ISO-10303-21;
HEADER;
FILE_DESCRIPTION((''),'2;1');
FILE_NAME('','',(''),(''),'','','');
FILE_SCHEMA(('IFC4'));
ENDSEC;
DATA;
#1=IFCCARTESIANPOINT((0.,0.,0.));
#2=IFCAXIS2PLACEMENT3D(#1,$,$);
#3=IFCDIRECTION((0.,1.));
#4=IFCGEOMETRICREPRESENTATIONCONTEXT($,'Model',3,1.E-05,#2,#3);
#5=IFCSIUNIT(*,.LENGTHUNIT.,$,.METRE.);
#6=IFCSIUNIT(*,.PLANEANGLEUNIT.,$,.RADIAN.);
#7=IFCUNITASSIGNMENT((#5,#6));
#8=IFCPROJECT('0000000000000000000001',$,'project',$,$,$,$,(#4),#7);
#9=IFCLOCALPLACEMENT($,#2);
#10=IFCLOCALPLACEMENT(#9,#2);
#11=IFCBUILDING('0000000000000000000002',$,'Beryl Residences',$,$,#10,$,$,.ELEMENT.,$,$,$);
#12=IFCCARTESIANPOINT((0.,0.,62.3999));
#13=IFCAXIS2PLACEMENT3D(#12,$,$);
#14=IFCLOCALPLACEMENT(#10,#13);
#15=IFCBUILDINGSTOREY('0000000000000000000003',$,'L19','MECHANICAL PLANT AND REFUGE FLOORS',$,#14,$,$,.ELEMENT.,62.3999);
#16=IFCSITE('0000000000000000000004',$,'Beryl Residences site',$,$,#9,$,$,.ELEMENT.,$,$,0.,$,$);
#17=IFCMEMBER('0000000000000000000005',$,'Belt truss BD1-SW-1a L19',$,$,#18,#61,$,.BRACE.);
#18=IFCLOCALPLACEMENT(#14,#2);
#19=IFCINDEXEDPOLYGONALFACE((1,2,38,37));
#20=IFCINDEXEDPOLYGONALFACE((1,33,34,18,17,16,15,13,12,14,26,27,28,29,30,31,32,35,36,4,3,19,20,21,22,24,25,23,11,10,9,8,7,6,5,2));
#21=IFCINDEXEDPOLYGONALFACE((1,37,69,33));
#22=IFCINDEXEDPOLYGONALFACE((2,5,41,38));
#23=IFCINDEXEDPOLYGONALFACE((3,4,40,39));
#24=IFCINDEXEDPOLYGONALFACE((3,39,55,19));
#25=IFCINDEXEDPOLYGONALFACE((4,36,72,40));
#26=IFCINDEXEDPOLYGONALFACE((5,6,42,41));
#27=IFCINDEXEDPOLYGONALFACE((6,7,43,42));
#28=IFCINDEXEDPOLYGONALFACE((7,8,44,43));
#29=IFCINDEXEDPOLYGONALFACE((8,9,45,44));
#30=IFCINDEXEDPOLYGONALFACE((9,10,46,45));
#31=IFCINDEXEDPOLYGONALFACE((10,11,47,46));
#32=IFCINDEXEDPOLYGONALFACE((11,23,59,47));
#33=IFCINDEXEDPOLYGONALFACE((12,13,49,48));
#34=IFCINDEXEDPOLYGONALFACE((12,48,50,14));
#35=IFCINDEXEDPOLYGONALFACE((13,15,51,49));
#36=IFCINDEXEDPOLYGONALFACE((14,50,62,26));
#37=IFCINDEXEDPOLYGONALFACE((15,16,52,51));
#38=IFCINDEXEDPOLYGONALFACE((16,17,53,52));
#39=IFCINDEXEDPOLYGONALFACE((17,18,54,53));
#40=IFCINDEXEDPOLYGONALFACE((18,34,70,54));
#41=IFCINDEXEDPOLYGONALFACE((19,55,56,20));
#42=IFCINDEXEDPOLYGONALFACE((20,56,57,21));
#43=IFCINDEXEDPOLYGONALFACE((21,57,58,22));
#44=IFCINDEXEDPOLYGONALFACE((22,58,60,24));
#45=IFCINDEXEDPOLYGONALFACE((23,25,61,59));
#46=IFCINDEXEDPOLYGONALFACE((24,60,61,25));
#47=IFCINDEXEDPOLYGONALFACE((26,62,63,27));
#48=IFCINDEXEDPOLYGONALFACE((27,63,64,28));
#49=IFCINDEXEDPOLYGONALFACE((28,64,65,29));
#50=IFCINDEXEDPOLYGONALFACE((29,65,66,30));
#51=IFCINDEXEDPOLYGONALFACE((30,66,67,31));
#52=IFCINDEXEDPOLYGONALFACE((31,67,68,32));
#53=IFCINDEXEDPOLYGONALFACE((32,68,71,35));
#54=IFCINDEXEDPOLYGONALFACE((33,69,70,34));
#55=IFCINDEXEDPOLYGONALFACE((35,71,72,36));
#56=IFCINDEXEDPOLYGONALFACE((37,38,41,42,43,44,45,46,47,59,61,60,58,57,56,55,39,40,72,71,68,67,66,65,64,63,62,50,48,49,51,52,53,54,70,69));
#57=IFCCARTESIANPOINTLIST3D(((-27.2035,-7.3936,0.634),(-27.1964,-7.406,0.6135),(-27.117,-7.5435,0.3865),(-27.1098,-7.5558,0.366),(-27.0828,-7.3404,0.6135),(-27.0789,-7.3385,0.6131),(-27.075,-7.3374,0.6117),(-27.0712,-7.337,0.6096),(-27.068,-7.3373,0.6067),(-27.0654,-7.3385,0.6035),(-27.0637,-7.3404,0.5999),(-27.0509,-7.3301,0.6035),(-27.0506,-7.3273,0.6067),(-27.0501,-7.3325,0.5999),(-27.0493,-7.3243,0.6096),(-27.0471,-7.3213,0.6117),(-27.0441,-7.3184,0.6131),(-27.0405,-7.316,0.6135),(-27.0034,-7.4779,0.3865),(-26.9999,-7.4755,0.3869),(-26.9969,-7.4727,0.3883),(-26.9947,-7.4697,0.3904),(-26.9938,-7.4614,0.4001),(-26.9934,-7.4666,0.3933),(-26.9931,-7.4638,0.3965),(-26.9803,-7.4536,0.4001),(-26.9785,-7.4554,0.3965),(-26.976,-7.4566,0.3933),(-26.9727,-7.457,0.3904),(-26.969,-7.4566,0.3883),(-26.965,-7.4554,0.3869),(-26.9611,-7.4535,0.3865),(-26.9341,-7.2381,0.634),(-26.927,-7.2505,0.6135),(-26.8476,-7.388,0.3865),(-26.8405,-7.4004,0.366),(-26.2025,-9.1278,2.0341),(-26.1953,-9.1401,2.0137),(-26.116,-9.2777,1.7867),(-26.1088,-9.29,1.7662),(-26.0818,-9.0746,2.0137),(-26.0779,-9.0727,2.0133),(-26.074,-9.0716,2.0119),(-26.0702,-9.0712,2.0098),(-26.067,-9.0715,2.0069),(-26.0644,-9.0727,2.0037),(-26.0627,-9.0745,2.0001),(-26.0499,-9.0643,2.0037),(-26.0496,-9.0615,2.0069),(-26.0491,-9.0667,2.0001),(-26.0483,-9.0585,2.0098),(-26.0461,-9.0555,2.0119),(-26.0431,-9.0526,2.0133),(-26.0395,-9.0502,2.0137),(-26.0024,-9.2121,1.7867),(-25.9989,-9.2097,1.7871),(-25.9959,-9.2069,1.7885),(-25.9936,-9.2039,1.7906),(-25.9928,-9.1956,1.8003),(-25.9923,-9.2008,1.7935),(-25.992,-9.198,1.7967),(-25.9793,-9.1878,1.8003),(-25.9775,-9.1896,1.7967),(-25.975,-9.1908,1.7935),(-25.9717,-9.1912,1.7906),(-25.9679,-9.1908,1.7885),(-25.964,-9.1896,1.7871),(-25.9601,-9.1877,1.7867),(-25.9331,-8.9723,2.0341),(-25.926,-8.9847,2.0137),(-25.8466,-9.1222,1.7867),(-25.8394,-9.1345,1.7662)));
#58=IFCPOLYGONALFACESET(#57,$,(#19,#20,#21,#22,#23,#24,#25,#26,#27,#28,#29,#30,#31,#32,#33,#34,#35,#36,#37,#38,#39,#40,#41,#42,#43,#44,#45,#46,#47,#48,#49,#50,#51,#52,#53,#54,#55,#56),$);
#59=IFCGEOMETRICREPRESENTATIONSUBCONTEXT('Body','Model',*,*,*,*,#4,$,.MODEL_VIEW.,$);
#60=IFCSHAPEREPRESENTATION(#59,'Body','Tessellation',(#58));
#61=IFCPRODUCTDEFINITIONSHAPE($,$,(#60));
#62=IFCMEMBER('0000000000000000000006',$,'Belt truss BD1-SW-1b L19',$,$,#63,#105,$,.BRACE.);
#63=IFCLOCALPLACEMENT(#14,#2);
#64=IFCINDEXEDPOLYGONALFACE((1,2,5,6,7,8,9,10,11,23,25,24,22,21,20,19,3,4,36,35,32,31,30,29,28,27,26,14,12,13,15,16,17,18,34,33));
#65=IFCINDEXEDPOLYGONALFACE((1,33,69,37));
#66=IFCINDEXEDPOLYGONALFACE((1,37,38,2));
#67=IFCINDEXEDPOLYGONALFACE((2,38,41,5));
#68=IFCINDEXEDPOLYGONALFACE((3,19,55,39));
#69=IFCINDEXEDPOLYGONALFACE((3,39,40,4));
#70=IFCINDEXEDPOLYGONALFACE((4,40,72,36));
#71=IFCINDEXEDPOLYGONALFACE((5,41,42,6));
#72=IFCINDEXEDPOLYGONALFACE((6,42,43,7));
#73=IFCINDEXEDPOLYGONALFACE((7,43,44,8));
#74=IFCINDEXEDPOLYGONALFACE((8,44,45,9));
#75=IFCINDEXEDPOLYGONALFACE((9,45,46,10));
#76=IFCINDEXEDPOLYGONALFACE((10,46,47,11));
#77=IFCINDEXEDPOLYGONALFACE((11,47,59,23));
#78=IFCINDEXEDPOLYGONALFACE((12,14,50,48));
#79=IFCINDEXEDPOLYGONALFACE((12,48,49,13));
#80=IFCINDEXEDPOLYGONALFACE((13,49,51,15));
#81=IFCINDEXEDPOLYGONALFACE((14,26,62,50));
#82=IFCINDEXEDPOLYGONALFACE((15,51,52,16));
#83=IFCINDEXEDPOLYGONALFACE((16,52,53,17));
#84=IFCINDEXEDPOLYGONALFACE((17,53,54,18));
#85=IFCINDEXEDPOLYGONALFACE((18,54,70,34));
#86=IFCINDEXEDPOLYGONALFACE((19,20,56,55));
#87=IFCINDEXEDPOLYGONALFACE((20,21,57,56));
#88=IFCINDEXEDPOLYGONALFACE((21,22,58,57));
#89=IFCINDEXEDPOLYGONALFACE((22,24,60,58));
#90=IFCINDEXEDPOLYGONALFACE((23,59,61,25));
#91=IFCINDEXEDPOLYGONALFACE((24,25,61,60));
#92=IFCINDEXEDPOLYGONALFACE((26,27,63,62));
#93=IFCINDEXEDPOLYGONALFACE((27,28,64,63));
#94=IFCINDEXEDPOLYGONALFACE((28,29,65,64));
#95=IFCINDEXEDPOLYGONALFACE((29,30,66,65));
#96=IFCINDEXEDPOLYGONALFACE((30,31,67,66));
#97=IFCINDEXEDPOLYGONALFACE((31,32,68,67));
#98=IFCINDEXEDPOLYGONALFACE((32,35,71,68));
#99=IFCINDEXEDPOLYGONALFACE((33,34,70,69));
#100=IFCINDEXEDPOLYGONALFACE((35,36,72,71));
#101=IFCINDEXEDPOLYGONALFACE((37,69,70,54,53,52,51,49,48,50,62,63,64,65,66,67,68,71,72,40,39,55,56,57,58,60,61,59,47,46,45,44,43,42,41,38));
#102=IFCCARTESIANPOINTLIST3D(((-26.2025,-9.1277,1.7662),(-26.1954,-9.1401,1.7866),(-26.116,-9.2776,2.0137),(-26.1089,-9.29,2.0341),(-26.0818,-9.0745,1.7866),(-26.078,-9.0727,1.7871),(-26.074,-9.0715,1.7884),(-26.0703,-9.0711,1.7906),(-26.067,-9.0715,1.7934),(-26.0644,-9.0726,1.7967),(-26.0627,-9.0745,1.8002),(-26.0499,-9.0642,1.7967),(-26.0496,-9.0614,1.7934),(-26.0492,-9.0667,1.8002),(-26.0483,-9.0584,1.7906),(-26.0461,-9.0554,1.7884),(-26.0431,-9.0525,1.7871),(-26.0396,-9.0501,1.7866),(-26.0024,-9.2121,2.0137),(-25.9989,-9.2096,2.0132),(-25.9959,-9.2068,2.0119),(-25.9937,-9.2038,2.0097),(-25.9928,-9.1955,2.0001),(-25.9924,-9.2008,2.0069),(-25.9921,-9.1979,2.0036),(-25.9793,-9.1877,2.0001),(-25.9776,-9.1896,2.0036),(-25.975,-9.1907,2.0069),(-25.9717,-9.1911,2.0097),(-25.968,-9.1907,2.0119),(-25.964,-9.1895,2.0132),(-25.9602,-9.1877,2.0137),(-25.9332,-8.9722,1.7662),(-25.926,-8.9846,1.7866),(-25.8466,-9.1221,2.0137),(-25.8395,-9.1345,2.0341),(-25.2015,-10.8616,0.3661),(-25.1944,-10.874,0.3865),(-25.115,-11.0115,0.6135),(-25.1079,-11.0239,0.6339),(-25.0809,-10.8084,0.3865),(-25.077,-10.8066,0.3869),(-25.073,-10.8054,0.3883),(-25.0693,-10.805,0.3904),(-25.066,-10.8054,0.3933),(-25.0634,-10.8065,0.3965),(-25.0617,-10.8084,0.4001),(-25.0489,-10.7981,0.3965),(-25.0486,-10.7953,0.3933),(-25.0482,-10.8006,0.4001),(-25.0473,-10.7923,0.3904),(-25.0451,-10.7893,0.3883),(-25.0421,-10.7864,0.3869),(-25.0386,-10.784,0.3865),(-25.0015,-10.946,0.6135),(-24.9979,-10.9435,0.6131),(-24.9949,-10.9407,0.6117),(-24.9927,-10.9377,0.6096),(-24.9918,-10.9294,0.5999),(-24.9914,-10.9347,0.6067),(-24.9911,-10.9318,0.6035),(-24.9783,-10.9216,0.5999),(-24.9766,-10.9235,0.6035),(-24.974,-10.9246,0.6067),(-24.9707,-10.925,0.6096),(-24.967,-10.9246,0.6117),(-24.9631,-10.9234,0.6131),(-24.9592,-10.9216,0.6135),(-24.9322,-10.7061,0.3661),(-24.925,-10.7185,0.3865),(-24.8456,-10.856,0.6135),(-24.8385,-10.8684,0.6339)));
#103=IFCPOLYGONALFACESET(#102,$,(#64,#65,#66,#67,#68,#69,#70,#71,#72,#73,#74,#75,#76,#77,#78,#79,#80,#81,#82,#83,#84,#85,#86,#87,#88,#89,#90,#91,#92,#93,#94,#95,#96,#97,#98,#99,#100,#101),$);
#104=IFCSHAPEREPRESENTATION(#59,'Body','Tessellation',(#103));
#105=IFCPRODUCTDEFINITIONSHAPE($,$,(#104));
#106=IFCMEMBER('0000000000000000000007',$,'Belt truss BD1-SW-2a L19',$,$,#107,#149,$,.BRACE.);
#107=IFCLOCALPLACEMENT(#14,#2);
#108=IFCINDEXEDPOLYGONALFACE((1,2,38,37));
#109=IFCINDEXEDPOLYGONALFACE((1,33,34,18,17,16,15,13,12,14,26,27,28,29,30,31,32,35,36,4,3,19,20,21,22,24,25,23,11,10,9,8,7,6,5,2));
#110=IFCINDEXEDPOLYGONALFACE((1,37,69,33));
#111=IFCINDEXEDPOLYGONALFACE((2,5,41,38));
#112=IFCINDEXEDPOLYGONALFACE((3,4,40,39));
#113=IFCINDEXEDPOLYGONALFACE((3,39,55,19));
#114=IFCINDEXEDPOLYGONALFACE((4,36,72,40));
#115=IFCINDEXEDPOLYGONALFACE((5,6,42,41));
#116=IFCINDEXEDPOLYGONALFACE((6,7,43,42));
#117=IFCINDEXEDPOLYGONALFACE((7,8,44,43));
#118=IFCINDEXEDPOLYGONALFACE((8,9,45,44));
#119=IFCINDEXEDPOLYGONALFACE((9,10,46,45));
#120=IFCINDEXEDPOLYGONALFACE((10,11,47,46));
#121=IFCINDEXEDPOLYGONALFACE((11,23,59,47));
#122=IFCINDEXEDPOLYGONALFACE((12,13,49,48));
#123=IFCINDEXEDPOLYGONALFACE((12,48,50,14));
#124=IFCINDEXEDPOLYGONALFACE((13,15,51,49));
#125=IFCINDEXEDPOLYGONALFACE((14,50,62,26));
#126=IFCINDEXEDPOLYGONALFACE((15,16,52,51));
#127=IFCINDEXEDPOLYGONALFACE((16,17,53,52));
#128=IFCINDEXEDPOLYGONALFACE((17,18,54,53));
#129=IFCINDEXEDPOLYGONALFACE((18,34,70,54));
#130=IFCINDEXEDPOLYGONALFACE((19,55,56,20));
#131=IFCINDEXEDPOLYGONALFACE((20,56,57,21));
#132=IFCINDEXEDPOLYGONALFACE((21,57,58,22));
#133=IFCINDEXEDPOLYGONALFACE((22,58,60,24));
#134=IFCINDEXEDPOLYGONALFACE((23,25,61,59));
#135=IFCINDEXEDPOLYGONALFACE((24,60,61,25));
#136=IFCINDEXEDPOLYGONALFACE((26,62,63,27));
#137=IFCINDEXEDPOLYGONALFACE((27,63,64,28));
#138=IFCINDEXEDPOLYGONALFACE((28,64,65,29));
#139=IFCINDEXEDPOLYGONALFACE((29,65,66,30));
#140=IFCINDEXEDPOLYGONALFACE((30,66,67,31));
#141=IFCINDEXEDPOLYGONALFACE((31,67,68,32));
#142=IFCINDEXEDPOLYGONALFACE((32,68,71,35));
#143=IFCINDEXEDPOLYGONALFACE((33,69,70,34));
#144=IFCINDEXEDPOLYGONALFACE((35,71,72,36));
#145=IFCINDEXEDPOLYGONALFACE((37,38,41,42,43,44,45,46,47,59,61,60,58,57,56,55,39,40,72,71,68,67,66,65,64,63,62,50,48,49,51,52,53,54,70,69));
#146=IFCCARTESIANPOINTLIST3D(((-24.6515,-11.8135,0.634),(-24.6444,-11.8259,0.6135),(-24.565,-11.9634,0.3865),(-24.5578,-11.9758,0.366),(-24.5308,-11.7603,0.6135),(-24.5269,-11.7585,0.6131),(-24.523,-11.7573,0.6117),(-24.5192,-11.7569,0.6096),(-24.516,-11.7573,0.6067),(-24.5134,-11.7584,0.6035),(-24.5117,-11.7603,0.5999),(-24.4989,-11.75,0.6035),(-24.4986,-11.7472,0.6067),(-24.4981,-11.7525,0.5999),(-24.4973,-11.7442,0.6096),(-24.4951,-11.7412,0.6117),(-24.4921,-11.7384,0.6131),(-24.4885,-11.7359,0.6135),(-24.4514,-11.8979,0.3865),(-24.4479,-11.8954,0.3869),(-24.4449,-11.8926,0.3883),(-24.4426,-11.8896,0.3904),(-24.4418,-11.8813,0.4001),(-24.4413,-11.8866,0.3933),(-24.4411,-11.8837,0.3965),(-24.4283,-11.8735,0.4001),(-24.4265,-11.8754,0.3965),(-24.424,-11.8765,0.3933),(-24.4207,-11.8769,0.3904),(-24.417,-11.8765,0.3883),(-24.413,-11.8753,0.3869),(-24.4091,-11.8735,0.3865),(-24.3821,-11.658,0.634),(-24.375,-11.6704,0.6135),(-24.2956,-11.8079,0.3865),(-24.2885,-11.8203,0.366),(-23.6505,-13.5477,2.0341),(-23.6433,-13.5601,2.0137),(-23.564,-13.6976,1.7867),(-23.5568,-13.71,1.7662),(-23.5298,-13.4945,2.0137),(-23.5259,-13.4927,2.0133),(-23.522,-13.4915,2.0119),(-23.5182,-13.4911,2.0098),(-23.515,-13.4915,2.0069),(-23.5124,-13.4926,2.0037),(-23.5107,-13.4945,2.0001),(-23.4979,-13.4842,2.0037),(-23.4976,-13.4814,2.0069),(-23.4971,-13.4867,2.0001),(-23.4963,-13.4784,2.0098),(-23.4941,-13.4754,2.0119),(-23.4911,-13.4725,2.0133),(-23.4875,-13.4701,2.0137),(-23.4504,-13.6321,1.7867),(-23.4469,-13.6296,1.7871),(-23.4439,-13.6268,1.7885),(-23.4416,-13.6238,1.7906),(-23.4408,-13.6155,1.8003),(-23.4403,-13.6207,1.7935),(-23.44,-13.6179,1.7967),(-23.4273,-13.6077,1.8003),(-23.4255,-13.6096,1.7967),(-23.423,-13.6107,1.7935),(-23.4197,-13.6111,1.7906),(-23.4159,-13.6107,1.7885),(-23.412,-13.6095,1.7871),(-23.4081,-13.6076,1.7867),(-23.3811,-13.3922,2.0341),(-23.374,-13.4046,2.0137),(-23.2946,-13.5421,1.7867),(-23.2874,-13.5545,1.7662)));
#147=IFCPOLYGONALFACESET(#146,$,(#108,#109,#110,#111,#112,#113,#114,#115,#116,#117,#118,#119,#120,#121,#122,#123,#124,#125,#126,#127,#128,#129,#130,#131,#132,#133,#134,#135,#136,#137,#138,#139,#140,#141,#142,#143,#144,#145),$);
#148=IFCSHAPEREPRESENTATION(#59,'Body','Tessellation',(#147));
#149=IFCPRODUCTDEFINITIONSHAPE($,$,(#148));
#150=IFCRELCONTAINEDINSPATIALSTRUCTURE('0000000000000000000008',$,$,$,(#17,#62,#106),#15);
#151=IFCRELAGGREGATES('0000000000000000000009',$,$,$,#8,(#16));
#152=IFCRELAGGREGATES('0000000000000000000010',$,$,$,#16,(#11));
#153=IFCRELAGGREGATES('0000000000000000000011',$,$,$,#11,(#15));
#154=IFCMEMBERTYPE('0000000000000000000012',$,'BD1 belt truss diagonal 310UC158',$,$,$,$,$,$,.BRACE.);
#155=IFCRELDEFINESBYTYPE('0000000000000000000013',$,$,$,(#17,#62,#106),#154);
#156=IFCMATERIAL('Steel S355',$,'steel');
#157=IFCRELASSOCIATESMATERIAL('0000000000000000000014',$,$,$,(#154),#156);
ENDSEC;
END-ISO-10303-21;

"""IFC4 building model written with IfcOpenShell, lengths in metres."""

from ifc_helpers import new_model, si_unit, direction, frame, origin, origin_2d, place, context, subcontext, project, spatial, i_section, extrude, material, material_profile, profile_set, type_object, element, save


model = new_model("IFC4")

# Units and contexts
model_context = context("Model", 3, precision=1e-05, world=origin(), true_north=direction((0.0, 1.0)))
body_context = subcontext(model_context, "Body", "Model", "MODEL_VIEW")
ifc_project = project(units=[si_unit("LENGTHUNIT", "METRE"), si_unit("PLANEANGLEUNIT", "RADIAN")], contexts=[model_context])

# Site, building, storey
site_placement = place(None, origin())
site = spatial("IfcSite", under=ifc_project, at=site_placement, Name="Beryl Residences site", CompositionType="ELEMENT", RefElevation=0.0)
building_placement = place(site_placement, origin())
building = spatial("IfcBuilding", under=site, at=building_placement, Name="Beryl Residences", CompositionType="ELEMENT")
storey_placement = place(building_placement, frame((0.0, 0.0, 62.3999)))
storey = spatial("IfcBuildingStorey", under=building, at=storey_placement, Name="L19", Description="MECHANICAL PLANT AND REFUGE FLOORS", CompositionType="ELEMENT", Elevation=62.3999)

# Members
ifc_material_1 = material(Name="Steel S355", Category="steel")
ifc_material_profile_1 = material_profile(ifc_material_1, i_section(OverallWidth=0.311, OverallDepth=0.3269, WebThickness=0.0156, FlangeThickness=0.0249, FilletRadius=0.0166, at=origin_2d()))
ifc_profile_set_1 = profile_set([ifc_material_profile_1], Name="Steel S355")
member_type_1 = type_object("IfcMemberType", Name="BD1 belt truss diagonal 310UC158", PredefinedType="BRACE", material=ifc_profile_set_1)
member_1_placement = place(storey_placement, frame((-27.022, -7.397, 0.5), z_axis=(0.409687, -0.709758, 0.573062), x_axis=(0.866074, 0.499916, 0.0)))
element("IfcMember", 1, at=member_1_placement, inside=storey, type_object=member_type_1, Name="Belt truss BD1-SW-1a L19", PredefinedType="BRACE", context=body_context, shape_type="SweptSolid", body=[
    extrude(i_section(OverallWidth=0.311, OverallDepth=0.3269, WebThickness=0.0156, FlangeThickness=0.0249, FilletRadius=0.0166, at=origin_2d()), origin(), (0.0, 0.0, 1.0), 2.4434),
])
member_2_placement = place(storey_placement, frame((-25.02, -10.865, 0.5), z_axis=(-0.409716, 0.709708, 0.573103), x_axis=(-0.866043, -0.499969, 0.0)))
element("IfcMember", 2, at=member_2_placement, inside=storey, type_object=member_type_1, Name="Belt truss BD1-SW-1b L19", PredefinedType="BRACE", context=body_context, shape_type="SweptSolid", body=[
    extrude(i_section(OverallWidth=0.311, OverallDepth=0.3269, WebThickness=0.0156, FlangeThickness=0.0249, FilletRadius=0.0166, at=origin_2d()), origin(), (0.0, 0.0, 1.0), 2.4431),
])
member_3_placement = place(storey_placement, frame((-24.47, -11.8169, 0.5), z_axis=(0.409687, -0.709758, 0.573062), x_axis=(0.866074, 0.499916, 0.0)))
element("IfcMember", 3, at=member_3_placement, inside=storey, type_object=member_type_1, Name="Belt truss BD1-SW-2a L19", PredefinedType="BRACE", context=body_context, shape_type="SweptSolid", body=[
    extrude(i_section(OverallWidth=0.311, OverallDepth=0.3269, WebThickness=0.0156, FlangeThickness=0.0249, FilletRadius=0.0166, at=origin_2d()), origin(), (0.0, 0.0, 1.0), 2.4434),
])

save(model, "model.ifc")
